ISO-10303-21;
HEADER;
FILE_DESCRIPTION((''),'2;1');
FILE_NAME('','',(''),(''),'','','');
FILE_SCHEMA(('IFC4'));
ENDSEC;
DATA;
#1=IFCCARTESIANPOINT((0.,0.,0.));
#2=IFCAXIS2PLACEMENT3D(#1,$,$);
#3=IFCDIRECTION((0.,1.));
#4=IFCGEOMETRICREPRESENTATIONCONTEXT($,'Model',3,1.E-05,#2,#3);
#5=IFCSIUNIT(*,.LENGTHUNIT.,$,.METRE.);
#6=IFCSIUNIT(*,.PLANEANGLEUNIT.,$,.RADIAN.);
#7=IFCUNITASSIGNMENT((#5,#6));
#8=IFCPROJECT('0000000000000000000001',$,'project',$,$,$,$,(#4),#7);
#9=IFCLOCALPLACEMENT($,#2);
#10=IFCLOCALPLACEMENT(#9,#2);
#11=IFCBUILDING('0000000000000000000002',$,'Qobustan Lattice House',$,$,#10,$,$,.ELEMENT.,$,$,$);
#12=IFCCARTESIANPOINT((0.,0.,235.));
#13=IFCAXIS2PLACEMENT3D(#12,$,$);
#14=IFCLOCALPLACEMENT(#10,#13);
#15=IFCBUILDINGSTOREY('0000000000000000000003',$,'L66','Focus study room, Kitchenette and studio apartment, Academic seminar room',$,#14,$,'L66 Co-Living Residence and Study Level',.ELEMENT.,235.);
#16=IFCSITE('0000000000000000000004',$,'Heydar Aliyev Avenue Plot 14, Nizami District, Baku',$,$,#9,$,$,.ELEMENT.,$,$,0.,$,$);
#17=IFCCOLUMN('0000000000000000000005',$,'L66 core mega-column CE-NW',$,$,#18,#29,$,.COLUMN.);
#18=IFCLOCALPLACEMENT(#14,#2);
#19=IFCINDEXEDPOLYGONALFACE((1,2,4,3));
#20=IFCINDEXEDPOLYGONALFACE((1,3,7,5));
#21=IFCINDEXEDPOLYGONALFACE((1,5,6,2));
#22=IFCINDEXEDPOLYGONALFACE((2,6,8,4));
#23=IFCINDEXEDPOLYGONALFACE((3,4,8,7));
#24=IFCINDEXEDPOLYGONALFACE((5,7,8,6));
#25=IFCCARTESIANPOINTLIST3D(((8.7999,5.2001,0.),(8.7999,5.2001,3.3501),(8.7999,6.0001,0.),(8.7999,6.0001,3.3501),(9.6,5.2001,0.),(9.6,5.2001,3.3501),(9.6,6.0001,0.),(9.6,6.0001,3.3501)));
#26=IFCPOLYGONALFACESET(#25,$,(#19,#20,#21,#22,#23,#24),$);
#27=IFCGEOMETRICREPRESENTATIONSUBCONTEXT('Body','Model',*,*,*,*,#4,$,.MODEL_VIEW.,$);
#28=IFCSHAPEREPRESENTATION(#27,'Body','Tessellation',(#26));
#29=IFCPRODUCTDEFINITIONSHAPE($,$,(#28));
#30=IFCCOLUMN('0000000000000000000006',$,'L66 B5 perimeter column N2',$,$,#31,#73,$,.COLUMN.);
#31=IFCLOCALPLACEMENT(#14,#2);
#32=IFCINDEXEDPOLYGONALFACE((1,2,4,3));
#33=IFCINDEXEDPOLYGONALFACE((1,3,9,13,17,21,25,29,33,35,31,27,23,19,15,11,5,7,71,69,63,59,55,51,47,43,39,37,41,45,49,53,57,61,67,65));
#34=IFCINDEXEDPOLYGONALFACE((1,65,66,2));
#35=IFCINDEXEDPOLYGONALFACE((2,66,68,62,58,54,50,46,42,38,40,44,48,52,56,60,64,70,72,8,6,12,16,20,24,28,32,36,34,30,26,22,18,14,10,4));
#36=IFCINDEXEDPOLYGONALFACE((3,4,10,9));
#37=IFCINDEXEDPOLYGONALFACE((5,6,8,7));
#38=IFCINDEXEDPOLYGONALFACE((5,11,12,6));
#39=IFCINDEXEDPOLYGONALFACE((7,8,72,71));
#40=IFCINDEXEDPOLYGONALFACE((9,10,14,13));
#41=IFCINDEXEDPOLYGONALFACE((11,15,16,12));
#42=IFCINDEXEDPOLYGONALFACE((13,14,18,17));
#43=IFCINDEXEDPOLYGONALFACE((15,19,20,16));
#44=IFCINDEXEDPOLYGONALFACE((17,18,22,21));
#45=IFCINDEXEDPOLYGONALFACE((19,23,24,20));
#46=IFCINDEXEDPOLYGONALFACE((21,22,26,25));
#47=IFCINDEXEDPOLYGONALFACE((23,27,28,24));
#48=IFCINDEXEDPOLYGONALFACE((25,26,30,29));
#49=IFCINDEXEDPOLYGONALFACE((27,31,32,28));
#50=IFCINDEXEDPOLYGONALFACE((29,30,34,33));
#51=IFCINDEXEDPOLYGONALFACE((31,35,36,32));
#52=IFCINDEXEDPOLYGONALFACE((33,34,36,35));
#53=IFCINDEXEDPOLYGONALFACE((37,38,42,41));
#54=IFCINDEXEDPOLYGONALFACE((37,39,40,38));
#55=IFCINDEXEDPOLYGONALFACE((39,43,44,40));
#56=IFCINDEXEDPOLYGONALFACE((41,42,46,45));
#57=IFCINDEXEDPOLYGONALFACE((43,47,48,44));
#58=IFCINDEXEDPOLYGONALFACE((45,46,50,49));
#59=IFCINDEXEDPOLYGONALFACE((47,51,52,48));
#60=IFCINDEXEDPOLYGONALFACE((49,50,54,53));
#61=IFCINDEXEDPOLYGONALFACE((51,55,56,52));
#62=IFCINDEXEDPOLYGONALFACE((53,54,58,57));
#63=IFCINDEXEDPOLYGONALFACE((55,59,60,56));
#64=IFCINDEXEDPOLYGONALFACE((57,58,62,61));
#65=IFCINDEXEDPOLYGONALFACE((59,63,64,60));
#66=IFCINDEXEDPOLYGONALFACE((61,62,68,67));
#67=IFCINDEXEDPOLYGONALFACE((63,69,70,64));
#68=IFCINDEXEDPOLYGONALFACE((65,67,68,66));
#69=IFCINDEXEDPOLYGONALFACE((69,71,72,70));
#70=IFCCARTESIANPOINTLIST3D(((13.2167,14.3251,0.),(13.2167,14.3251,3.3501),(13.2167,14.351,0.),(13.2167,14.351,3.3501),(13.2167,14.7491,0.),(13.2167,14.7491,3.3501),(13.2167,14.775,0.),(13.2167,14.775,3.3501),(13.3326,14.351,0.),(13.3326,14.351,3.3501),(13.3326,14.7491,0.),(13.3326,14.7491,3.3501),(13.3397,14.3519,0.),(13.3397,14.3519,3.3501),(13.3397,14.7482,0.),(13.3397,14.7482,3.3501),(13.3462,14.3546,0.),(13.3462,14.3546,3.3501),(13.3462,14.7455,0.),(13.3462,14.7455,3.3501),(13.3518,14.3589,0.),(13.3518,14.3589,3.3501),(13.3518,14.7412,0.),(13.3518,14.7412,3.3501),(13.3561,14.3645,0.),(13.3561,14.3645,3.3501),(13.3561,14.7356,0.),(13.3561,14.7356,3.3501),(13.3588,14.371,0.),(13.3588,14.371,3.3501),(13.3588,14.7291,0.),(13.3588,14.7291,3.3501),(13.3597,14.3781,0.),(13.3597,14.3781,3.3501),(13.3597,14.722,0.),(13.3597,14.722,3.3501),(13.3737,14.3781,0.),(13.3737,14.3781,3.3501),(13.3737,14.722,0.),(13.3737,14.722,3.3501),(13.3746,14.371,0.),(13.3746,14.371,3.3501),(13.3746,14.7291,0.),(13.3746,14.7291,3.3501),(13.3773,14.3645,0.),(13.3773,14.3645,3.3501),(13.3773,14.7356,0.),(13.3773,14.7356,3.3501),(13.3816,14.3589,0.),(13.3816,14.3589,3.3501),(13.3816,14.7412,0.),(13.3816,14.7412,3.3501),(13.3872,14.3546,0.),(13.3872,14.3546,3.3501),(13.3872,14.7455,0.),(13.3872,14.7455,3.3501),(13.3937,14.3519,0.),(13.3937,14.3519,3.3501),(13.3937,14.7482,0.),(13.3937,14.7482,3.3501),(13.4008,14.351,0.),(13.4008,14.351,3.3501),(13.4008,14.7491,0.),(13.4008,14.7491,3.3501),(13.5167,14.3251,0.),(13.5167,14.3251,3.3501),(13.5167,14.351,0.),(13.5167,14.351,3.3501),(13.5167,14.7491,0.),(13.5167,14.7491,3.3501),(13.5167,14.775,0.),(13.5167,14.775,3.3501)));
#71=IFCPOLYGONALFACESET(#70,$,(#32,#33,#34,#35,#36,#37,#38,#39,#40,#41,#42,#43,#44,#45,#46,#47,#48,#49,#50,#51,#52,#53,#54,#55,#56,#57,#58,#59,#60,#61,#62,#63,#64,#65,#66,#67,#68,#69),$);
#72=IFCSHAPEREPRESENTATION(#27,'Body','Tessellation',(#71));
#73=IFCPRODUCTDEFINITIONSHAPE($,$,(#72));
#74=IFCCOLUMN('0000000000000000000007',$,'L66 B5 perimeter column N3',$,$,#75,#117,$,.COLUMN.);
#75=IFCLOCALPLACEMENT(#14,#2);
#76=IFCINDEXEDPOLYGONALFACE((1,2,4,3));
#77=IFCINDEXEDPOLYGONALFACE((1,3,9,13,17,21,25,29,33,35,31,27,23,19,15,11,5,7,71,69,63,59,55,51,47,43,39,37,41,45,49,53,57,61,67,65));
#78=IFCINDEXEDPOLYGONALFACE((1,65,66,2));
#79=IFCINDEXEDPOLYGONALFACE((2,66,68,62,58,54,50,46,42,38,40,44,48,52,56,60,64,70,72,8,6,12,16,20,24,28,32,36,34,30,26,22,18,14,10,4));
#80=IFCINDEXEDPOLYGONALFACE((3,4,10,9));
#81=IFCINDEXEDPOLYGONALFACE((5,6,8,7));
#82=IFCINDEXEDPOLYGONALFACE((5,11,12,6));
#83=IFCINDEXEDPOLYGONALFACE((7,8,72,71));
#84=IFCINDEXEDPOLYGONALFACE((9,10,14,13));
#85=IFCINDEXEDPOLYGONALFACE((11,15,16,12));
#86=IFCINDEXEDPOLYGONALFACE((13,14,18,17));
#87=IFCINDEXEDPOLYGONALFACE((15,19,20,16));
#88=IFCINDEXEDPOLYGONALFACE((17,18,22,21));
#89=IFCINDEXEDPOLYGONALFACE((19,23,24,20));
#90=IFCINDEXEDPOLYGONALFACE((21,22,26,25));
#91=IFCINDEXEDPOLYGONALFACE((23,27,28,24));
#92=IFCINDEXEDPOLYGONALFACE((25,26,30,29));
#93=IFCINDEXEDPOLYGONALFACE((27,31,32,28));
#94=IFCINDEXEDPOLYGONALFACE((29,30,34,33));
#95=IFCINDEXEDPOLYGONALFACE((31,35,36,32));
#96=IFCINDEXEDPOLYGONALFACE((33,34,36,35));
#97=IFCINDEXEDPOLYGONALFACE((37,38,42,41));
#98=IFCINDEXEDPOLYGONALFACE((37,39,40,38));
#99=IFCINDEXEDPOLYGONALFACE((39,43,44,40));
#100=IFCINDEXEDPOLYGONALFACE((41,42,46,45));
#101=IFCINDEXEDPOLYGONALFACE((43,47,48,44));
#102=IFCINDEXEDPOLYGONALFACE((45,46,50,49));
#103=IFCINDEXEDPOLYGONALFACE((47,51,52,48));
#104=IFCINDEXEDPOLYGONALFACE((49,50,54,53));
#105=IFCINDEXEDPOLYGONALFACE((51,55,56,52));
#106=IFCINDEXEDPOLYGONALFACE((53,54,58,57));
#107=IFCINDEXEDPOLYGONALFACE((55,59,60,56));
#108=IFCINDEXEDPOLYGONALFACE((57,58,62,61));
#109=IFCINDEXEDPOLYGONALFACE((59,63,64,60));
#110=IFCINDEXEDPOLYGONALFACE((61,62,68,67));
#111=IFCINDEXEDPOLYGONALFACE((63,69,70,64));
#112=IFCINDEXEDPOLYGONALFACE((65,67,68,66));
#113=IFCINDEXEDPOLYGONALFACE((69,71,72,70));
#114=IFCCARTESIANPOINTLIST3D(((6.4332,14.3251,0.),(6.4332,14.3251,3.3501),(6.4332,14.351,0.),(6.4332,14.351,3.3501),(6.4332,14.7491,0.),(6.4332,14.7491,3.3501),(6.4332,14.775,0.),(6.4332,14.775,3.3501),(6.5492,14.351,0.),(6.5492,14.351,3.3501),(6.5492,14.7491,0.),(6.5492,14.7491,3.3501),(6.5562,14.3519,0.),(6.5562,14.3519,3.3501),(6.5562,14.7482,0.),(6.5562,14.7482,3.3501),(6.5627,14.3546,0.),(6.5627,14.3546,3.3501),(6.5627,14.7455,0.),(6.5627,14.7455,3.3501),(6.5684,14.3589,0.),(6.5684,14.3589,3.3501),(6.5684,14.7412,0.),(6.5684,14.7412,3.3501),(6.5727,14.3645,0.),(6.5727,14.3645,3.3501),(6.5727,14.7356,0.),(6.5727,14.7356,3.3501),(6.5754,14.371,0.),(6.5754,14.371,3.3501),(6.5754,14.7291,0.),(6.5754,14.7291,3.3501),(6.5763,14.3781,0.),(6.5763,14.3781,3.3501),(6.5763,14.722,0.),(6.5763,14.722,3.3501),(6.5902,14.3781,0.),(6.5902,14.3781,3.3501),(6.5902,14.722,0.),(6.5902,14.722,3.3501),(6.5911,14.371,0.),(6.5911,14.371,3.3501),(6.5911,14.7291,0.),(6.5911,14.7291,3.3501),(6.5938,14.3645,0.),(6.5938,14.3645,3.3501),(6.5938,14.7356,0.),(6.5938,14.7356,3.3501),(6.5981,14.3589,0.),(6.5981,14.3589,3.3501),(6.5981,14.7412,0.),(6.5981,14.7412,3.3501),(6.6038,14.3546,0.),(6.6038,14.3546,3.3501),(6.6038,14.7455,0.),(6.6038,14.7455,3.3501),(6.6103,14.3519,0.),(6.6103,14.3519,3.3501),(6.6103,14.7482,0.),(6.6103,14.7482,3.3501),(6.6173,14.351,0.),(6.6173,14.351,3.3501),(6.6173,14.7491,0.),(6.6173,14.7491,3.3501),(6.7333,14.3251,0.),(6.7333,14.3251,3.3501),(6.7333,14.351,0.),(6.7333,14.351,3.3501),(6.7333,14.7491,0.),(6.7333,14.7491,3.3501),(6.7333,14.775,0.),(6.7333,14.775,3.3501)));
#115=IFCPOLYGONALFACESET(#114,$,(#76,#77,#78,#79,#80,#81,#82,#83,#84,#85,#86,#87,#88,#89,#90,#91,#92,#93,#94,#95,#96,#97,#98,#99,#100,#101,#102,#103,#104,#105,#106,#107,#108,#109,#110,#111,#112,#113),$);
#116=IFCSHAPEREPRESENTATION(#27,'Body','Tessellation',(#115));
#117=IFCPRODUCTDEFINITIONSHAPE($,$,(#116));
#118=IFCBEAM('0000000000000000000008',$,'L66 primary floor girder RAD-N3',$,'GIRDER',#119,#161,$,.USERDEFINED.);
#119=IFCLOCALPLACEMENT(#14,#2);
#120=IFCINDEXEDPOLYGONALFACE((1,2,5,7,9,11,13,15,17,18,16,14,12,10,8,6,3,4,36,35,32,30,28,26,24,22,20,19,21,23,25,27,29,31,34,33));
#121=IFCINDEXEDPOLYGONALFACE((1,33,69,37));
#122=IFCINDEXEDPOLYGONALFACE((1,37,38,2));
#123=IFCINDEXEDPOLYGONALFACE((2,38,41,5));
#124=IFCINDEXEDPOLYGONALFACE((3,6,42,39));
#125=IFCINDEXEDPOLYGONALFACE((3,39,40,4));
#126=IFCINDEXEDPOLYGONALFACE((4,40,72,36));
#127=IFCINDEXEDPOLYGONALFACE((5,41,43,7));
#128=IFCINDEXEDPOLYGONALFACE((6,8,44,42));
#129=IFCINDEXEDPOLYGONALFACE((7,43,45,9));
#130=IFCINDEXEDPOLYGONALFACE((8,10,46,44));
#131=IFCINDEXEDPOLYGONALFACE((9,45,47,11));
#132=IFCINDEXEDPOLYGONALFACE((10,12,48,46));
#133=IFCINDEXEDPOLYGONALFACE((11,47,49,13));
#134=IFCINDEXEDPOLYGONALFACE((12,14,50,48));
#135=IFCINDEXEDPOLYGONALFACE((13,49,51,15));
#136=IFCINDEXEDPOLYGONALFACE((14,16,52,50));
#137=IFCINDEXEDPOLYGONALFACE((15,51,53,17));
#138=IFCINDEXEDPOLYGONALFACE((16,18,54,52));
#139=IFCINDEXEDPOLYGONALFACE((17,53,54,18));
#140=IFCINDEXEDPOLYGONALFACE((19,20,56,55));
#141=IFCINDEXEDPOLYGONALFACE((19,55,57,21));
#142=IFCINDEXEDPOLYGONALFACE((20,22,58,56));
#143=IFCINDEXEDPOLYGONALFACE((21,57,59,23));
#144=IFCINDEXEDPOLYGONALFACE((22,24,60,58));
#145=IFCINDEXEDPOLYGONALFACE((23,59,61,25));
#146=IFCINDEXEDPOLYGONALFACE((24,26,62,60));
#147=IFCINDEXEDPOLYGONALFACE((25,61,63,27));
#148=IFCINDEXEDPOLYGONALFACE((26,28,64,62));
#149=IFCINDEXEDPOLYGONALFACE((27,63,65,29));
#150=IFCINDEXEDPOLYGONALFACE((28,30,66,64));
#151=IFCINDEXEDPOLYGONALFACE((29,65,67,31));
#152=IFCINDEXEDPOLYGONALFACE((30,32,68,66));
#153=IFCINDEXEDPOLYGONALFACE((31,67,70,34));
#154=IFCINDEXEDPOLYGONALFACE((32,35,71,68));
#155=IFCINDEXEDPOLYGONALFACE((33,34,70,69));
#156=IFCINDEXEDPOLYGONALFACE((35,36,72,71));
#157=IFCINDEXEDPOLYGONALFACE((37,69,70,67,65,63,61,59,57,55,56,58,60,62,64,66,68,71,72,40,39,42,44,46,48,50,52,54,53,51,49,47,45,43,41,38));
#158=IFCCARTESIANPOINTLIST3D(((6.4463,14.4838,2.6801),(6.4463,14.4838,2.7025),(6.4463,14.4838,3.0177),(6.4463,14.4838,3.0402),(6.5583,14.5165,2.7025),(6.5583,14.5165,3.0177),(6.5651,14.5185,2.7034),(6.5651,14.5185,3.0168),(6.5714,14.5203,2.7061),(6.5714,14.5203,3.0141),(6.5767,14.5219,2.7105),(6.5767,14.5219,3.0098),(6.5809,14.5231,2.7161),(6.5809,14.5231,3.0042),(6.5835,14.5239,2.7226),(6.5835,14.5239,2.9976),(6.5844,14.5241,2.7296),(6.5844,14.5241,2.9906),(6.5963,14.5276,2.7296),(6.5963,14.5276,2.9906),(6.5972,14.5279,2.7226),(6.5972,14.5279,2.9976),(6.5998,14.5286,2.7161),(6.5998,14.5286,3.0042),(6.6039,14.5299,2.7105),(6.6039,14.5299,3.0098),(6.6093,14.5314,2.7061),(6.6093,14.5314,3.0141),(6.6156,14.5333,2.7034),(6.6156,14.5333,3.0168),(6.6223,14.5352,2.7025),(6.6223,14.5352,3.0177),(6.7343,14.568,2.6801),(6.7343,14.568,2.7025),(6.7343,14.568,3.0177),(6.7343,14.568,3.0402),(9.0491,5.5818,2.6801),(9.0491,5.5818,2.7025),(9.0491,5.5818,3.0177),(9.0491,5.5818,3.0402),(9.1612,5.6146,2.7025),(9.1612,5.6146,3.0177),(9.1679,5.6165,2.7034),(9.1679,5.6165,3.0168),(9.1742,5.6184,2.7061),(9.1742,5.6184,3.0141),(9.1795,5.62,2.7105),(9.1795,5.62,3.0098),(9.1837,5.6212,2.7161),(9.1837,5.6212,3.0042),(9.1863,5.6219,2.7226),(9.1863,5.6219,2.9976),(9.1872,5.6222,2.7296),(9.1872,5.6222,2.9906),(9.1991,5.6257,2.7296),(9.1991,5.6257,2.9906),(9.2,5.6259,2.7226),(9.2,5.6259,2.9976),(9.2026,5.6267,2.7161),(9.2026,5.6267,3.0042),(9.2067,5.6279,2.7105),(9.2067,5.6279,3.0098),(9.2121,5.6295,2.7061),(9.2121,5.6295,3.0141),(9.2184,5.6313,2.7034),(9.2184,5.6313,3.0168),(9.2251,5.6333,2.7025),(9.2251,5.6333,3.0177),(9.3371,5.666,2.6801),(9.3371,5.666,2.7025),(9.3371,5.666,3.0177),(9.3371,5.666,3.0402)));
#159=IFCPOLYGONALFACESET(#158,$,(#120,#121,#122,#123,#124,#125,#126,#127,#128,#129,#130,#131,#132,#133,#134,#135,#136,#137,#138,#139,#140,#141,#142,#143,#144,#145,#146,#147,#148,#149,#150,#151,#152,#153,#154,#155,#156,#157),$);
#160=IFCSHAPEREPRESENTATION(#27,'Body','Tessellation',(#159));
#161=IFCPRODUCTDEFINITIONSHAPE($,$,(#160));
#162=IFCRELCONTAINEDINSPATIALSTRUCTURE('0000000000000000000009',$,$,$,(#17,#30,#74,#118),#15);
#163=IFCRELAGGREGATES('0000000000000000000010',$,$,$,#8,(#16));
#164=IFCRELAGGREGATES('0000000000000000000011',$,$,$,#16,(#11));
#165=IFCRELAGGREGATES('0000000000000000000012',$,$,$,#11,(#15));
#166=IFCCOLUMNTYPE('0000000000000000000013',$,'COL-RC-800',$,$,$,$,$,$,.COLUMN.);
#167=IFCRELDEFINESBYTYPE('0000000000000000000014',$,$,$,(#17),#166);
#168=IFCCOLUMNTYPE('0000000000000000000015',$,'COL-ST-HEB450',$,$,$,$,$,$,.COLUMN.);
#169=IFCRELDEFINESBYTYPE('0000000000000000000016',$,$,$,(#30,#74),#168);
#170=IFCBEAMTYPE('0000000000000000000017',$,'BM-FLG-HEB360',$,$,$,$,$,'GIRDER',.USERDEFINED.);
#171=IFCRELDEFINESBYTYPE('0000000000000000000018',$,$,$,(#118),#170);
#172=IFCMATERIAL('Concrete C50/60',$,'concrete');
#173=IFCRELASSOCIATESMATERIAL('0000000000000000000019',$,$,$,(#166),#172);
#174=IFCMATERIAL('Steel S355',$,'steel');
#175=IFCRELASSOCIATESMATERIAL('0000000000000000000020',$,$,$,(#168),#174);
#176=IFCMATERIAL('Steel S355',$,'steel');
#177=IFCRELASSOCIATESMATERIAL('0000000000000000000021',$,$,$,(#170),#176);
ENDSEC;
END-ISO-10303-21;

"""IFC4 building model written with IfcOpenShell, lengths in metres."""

from ifc_helpers import new_model, si_unit, direction, frame, origin, origin_2d, place, context, subcontext, project, spatial, rectangle, i_section, extrude, material, material_profile, profile_set, type_object, element, save


model = new_model("IFC4")

# Units and contexts
model_context = context("Model", 3, precision=1e-05, world=origin(), true_north=direction((0.0, 1.0)))
body_context = subcontext(model_context, "Body", "Model", "MODEL_VIEW")
ifc_project = project(units=[si_unit("LENGTHUNIT", "METRE"), si_unit("PLANEANGLEUNIT", "RADIAN")], contexts=[model_context])

# Site, building, storey
site_placement = place(None, origin())
site = spatial("IfcSite", under=ifc_project, at=site_placement, Name="Heydar Aliyev Avenue Plot 14, Nizami District, Baku", CompositionType="ELEMENT", RefElevation=0.0)
building_placement = place(site_placement, origin())
building = spatial("IfcBuilding", under=site, at=building_placement, Name="Qobustan Lattice House", CompositionType="ELEMENT")
storey_placement = place(building_placement, frame((0.0, 0.0, 235.0)))
storey = spatial("IfcBuildingStorey", under=building, at=storey_placement, Name="L66", Description="Focus study room, Kitchenette and studio apartment, Academic seminar room", LongName="L66 Co-Living Residence and Study Level", CompositionType="ELEMENT", Elevation=235.0)

# Columns
ifc_material_1 = material(Name="Concrete C50/60", Category="concrete")
ifc_material_profile_1 = material_profile(ifc_material_1, rectangle(XDim=0.8, YDim=0.8, at=origin_2d()), Name="RC800x800")
ifc_profile_set_1 = profile_set([ifc_material_profile_1], Name="Concrete C50/60")
column_type_1 = type_object("IfcColumnType", Name="COL-RC-800", PredefinedType="COLUMN", material=ifc_profile_set_1)
column_placement = place(storey_placement, frame((9.2, 5.6001, 0.0), z_axis=(0.0, 0.0, 1.0), x_axis=(1.0, 0.0, 0.0)))
element("IfcColumn", 1, at=column_placement, inside=storey, type_object=column_type_1, Name="L66 core mega-column CE-NW", PredefinedType="COLUMN", context=body_context, shape_type="SweptSolid", body=[
    extrude(rectangle(XDim=0.8, YDim=0.8, at=origin_2d()), origin(), (0.0, 0.0, 1.0), 3.3501),
])
ifc_material_2 = material(Name="Steel S355", Category="steel")
ifc_material_profile_2 = material_profile(ifc_material_2, i_section(OverallWidth=0.3, OverallDepth=0.45, WebThickness=0.0139, FlangeThickness=0.0259, FilletRadius=0.0271, at=origin_2d()), Name="HEB450")
ifc_profile_set_2 = profile_set([ifc_material_profile_2], Name="Steel S355")
column_type_2 = type_object("IfcColumnType", Name="COL-ST-HEB450", PredefinedType="COLUMN", material=ifc_profile_set_2)
for number, where, z_axis, x_axis, name in (
    (2, (13.3667, 14.55, 0.0), (0.0, 0.0, 1.0), (1.0, 0.0, 0.0), "L66 B5 perimeter column N2"),
    (3, (6.5833, 14.55, 0.0), (0.0, 0.0, 1.0), (1.0, 0.0, 0.0), "L66 B5 perimeter column N3"),
):
    element("IfcColumn", number, at=place(storey_placement, frame(where, z_axis=z_axis, x_axis=x_axis)), inside=storey, type_object=column_type_2, Name=name, PredefinedType="COLUMN", context=body_context, shape_type="SweptSolid", body=[
        extrude(i_section(OverallWidth=0.3, OverallDepth=0.45, WebThickness=0.0139, FlangeThickness=0.0259, FilletRadius=0.0271, at=origin_2d()), origin(), (0.0, 0.0, 1.0), 3.3501),
    ])

# Beam
ifc_material_3 = material(Name="Steel S355", Category="steel")
ifc_material_profile_3 = material_profile(ifc_material_3, i_section(OverallWidth=0.3, OverallDepth=0.3601, WebThickness=0.0125, FlangeThickness=0.0225, FilletRadius=0.0271, at=origin_2d()), Name="HEB360")
ifc_profile_set_3 = profile_set([ifc_material_profile_3], Name="Steel S355")
beam_type_1 = type_object("IfcBeamType", Name="BM-FLG-HEB360", ElementType="GIRDER", PredefinedType="USERDEFINED", material=ifc_profile_set_3)
beam_1_placement = place(storey_placement, frame((6.5903, 14.5259, 2.8601), z_axis=(0.280637, -0.959814, 0.0), x_axis=(0.959814, 0.280637, 0.0)))
element("IfcBeam", 4, at=beam_1_placement, inside=storey, type_object=beam_type_1, Name="L66 primary floor girder RAD-N3", ObjectType="GIRDER", PredefinedType="USERDEFINED", context=body_context, shape_type="SweptSolid", body=[
    extrude(i_section(OverallWidth=0.3, OverallDepth=0.3601, WebThickness=0.0125, FlangeThickness=0.0225, FilletRadius=0.0271, at=origin_2d()), origin(), (0.0, 0.0, 1.0), 9.2747),
])

save(model, "model.ifc")
